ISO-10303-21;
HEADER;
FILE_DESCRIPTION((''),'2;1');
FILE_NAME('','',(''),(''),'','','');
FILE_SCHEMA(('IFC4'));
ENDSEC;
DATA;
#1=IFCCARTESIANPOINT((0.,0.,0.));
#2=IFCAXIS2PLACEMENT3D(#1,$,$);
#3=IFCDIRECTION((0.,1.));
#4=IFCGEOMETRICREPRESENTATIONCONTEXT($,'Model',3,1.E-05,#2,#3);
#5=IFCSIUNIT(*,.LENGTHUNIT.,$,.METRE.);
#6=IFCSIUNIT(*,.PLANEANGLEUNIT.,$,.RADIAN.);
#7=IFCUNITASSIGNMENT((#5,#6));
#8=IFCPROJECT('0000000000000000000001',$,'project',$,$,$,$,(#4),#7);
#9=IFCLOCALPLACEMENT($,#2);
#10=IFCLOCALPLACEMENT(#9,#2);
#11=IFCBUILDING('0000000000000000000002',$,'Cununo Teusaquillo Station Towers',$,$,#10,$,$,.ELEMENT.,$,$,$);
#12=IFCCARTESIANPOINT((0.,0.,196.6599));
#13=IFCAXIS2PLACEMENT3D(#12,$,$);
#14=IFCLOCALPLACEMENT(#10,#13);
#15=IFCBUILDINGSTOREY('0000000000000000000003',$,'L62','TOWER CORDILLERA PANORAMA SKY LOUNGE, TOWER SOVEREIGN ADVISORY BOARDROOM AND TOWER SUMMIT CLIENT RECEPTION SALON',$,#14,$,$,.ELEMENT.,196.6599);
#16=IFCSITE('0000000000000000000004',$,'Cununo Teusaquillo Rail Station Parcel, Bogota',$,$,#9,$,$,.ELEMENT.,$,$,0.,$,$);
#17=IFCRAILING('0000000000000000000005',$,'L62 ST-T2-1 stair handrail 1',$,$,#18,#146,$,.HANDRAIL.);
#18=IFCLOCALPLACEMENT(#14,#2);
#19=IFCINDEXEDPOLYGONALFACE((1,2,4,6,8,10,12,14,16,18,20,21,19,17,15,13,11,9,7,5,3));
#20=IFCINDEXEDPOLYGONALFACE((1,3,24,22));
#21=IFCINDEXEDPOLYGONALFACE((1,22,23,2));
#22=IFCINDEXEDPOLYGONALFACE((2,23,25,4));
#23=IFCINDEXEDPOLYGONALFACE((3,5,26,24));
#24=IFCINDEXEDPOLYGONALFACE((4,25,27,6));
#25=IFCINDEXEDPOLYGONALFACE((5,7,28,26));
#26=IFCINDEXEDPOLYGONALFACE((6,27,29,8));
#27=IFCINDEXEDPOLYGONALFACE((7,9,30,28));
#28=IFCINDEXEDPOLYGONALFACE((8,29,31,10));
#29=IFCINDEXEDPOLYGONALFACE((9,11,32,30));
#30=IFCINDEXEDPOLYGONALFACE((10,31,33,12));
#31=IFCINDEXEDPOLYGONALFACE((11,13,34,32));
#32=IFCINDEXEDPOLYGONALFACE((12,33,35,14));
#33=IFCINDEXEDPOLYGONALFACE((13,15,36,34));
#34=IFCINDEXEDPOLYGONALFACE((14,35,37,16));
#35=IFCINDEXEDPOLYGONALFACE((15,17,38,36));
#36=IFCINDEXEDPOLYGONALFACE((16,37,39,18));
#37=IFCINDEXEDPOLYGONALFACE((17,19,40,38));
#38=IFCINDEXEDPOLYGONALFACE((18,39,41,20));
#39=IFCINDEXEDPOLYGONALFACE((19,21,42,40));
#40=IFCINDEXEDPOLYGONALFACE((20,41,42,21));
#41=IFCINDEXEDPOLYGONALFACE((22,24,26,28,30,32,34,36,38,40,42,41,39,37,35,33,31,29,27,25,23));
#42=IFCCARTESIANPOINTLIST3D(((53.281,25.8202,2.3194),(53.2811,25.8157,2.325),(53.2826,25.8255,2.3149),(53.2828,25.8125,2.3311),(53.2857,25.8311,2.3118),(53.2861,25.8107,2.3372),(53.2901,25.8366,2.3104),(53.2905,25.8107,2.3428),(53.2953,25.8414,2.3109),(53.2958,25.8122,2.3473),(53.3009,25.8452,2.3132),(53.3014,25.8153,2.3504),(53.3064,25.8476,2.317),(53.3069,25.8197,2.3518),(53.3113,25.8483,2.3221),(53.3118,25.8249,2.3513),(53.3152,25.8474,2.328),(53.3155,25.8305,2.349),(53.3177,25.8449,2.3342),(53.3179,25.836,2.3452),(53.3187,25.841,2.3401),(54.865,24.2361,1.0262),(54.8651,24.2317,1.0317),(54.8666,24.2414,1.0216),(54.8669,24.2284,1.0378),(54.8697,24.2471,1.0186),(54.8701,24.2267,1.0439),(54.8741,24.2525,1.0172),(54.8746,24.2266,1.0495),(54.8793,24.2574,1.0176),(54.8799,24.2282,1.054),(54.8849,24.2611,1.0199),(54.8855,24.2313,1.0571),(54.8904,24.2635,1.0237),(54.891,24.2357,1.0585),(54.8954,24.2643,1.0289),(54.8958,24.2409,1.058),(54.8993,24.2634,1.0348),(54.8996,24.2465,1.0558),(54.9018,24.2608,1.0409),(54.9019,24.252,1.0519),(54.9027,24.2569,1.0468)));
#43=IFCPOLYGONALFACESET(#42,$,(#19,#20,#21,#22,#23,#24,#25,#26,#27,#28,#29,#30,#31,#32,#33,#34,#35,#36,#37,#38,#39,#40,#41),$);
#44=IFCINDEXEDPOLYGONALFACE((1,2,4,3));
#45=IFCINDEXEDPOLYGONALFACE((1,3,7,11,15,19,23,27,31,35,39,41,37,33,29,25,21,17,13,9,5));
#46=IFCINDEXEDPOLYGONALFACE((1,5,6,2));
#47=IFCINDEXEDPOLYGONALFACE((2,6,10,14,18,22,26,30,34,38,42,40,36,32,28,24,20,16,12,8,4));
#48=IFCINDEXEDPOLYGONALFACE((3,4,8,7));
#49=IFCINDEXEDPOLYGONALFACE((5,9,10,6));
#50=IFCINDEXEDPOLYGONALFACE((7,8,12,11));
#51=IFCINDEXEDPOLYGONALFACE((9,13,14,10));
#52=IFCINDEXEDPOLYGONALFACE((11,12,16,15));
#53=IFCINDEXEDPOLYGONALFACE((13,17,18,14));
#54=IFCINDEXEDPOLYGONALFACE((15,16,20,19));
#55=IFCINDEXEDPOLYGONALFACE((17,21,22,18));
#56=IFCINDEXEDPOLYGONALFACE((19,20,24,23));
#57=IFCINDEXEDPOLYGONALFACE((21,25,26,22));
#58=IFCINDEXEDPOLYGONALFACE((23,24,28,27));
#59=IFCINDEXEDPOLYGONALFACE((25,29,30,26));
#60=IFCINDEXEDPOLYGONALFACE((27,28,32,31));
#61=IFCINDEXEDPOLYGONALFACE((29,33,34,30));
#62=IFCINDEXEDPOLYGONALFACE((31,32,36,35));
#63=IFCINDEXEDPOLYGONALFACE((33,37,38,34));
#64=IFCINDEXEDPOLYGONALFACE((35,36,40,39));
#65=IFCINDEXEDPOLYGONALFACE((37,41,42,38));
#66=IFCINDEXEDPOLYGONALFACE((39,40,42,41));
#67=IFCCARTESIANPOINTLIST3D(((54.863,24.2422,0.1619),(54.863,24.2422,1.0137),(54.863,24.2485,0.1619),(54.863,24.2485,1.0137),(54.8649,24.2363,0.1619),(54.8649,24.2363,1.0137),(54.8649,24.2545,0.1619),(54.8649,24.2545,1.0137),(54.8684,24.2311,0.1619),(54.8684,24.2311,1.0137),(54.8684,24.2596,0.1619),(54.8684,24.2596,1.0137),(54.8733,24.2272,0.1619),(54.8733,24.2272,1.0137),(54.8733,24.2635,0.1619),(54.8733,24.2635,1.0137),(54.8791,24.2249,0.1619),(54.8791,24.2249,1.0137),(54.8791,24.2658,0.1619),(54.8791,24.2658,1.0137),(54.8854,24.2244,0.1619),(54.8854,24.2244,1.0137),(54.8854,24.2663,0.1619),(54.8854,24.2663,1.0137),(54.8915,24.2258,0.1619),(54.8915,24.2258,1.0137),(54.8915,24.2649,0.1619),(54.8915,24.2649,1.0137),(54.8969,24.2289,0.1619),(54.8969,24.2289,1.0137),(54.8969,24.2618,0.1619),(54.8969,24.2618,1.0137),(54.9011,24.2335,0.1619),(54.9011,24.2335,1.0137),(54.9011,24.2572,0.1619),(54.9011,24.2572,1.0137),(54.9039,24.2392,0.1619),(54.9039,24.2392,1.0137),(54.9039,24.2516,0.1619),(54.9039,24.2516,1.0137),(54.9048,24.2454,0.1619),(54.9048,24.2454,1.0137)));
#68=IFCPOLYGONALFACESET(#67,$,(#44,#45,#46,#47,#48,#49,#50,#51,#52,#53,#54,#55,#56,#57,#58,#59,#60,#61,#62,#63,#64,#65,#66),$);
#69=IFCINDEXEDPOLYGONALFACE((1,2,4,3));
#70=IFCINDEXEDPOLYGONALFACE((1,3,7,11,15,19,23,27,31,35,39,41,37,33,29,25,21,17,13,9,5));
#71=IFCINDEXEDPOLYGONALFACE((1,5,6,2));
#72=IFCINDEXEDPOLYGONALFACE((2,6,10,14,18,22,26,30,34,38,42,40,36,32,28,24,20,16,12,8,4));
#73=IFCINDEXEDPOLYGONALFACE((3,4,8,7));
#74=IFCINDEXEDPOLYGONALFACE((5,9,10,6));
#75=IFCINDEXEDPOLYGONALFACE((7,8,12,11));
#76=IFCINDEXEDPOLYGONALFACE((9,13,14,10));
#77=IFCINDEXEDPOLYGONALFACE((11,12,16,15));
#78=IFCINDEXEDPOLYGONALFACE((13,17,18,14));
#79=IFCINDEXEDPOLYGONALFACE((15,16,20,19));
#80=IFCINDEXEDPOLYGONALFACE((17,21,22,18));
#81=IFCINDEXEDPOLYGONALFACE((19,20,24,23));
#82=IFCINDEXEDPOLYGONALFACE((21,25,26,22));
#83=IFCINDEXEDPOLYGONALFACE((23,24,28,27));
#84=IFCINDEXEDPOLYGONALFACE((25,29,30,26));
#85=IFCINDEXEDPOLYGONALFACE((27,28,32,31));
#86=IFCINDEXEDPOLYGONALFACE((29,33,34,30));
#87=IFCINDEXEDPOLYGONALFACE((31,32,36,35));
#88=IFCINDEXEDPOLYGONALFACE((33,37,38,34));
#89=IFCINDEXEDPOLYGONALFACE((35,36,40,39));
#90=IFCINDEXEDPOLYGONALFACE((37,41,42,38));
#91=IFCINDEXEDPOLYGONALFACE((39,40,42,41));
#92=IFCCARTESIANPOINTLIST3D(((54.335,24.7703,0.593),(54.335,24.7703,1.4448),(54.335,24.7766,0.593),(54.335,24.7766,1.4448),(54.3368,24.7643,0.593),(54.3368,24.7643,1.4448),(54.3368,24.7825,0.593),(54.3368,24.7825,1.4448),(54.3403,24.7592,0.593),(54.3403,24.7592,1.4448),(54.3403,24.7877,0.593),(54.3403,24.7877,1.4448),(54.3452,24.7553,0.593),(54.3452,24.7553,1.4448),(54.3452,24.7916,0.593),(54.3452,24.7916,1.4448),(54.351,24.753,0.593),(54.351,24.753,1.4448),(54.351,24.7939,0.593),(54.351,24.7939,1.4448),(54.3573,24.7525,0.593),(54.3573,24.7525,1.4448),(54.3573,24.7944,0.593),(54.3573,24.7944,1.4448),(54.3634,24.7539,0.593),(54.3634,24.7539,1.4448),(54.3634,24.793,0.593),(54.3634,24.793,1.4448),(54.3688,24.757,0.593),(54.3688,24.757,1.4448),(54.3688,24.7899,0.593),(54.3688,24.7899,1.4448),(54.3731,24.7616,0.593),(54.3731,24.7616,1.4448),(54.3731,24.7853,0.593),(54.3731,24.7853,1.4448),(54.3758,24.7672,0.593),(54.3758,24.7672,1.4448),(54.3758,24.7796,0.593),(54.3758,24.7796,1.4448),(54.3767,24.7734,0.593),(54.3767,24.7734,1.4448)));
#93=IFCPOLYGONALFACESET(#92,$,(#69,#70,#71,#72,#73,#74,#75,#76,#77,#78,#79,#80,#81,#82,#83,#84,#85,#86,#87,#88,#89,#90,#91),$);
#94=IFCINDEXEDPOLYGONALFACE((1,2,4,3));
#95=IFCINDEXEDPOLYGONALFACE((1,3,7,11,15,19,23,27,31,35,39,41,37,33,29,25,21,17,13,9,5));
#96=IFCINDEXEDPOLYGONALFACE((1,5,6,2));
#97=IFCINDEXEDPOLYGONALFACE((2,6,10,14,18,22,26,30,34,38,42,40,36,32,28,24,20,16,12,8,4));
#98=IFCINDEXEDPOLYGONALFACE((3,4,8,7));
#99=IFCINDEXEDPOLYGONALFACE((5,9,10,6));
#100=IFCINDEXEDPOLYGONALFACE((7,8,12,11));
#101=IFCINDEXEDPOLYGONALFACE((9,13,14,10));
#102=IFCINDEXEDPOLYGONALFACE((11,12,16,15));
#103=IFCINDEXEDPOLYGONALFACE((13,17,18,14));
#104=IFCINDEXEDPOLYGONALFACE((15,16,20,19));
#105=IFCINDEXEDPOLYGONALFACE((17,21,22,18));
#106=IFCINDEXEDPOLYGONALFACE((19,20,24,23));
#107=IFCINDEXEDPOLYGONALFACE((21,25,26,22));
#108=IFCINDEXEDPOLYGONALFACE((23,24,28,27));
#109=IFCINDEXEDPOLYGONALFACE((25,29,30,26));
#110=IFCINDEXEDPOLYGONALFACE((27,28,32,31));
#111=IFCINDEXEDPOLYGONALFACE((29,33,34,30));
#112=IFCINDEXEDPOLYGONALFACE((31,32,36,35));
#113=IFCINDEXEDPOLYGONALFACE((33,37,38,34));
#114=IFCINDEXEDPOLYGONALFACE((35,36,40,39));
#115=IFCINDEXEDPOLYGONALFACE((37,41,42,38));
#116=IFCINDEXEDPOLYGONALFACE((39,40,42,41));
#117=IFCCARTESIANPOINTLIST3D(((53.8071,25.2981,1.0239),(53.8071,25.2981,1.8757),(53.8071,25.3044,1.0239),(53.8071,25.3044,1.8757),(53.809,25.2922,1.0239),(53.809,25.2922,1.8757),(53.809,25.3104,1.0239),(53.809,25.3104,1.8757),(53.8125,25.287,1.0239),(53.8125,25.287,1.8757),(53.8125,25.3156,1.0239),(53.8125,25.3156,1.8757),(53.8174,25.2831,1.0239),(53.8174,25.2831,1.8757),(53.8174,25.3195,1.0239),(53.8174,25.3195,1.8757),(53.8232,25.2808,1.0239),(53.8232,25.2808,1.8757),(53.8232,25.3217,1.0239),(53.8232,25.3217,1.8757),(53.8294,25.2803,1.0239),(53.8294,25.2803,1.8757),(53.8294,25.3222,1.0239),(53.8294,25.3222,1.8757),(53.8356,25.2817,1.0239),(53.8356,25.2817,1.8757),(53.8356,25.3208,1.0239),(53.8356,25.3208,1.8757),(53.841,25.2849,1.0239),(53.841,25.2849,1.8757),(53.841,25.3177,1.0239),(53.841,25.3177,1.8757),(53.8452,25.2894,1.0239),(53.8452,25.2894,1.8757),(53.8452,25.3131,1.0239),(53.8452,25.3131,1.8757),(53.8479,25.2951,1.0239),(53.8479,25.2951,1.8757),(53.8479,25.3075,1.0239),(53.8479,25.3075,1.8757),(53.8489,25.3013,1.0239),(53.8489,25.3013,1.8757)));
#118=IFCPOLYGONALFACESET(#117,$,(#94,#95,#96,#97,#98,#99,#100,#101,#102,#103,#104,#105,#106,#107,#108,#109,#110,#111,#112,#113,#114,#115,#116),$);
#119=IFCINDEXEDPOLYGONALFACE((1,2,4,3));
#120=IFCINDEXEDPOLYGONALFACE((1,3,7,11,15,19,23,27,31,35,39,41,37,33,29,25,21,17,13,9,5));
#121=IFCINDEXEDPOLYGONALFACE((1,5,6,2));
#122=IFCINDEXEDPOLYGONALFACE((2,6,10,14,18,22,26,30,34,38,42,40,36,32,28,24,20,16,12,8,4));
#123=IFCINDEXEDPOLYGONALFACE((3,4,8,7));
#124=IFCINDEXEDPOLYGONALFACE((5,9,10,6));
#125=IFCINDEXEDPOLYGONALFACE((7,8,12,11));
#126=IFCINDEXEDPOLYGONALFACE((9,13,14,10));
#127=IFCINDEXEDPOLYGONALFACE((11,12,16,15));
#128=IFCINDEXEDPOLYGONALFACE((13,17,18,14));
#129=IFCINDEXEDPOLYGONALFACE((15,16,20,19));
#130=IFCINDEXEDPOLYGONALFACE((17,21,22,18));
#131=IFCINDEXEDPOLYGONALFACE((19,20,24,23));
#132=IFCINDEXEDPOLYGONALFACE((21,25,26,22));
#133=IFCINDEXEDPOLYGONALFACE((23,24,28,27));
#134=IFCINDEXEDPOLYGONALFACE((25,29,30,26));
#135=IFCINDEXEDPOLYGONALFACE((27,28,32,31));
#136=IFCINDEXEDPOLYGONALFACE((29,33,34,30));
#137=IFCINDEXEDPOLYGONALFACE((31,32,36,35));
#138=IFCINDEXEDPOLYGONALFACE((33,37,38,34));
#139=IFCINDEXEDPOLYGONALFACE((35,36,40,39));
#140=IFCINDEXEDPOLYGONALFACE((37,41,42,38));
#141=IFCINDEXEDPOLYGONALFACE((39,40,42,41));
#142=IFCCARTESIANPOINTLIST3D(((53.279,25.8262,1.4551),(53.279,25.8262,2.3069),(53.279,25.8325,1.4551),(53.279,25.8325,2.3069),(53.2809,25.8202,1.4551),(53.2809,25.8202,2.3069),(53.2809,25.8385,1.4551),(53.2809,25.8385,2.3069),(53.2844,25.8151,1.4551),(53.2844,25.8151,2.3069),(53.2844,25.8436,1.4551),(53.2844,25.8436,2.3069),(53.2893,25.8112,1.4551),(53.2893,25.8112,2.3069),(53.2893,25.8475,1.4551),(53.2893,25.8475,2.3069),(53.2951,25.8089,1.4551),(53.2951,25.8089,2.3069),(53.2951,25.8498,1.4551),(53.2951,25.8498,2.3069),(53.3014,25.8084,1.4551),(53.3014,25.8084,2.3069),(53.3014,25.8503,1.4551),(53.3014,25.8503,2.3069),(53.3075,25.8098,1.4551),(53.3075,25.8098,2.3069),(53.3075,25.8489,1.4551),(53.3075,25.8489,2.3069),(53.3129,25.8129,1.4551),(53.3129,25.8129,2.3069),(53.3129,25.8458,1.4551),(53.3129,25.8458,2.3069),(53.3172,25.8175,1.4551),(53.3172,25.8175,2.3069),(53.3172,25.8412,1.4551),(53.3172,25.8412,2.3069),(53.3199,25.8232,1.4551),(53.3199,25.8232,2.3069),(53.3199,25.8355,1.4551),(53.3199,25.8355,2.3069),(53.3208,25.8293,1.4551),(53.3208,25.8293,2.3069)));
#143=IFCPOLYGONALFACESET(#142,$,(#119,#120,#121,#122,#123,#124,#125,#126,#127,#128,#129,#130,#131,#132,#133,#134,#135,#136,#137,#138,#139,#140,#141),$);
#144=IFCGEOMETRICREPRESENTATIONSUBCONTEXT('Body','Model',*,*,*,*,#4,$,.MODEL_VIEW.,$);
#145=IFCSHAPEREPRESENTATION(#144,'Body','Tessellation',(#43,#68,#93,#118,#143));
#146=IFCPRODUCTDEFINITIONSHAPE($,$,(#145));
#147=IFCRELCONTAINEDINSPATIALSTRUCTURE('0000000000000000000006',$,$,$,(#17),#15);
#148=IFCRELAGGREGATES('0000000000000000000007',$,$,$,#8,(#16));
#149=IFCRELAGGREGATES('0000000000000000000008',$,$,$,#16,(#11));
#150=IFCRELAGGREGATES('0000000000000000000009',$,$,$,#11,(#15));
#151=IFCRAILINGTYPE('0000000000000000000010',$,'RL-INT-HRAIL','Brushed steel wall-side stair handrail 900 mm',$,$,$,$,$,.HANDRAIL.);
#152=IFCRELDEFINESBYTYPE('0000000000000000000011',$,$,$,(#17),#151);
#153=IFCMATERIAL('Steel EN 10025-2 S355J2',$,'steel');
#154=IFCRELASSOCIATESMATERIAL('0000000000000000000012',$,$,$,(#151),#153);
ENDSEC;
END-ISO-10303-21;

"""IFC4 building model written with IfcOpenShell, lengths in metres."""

from ifc_helpers import new_model, si_unit, direction, frame, origin, origin_2d, place, context, subcontext, project, spatial, circle, extrude, material, type_object, element, save


model = new_model("IFC4")

# Units and contexts
model_context = context("Model", 3, precision=1e-05, world=origin(), true_north=direction((0.0, 1.0)))
body_context = subcontext(model_context, "Body", "Model", "MODEL_VIEW")
ifc_project = project(units=[si_unit("LENGTHUNIT", "METRE"), si_unit("PLANEANGLEUNIT", "RADIAN")], contexts=[model_context])

# Site, building, storey
site_placement = place(None, origin())
site = spatial("IfcSite", under=ifc_project, at=site_placement, Name="Cununo Teusaquillo Rail Station Parcel, Bogota", CompositionType="ELEMENT", RefElevation=0.0)
building_placement = place(site_placement, origin())
building = spatial("IfcBuilding", under=site, at=building_placement, Name="Cununo Teusaquillo Station Towers", CompositionType="ELEMENT")
storey_placement = place(building_placement, frame((0.0, 0.0, 196.6599)))
storey = spatial("IfcBuildingStorey", under=building, at=storey_placement, Name="L62", Description="TOWER CORDILLERA PANORAMA SKY LOUNGE, TOWER SOVEREIGN ADVISORY BOARDROOM AND TOWER SUMMIT CLIENT RECEPTION SALON", CompositionType="ELEMENT", Elevation=196.6599)

# Railing
ifc_material_1 = material(Name="Steel EN 10025-2 S355J2", Category="steel")
railing_type_1 = type_object("IfcRailingType", Name="RL-INT-HRAIL", Description="Brushed steel wall-side stair handrail 900 mm", PredefinedType="HANDRAIL", material=ifc_material_1)
railing_1_placement = place(storey_placement, frame((54.8838, 24.2454, 0.1619)))
element("IfcRailing", 1, at=railing_1_placement, inside=storey, type_object=railing_type_1, Name="L62 ST-T2-1 stair handrail 1", PredefinedType="HANDRAIL", context=body_context, shape_type="SweptSolid", body=[
    extrude(circle(Radius=0.0239, at=origin_2d()), frame((0.0, 0.0, 0.876), z_axis=(-0.612385, 0.612385, 0.49997), x_axis=(-0.707107, -0.707107, 0.0)), (0.0, 0.0, 1.0), 2.5867),
    extrude(circle(Radius=0.021, at=origin_2d()), origin(), (0.0, 0.0, 1.0), 0.8518),
    extrude(circle(Radius=0.021, at=origin_2d()), frame((-0.5281, 0.5281, 0.4312)), (0.0, 0.0, 1.0), 0.8518),
    extrude(circle(Radius=0.021, at=origin_2d()), frame((-1.0559, 1.0559, 0.8621)), (0.0, 0.0, 1.0), 0.8518),
    extrude(circle(Radius=0.021, at=origin_2d()), frame((-1.584, 1.584, 1.2932)), (0.0, 0.0, 1.0), 0.8518),
])

save(model, "model.ifc")
